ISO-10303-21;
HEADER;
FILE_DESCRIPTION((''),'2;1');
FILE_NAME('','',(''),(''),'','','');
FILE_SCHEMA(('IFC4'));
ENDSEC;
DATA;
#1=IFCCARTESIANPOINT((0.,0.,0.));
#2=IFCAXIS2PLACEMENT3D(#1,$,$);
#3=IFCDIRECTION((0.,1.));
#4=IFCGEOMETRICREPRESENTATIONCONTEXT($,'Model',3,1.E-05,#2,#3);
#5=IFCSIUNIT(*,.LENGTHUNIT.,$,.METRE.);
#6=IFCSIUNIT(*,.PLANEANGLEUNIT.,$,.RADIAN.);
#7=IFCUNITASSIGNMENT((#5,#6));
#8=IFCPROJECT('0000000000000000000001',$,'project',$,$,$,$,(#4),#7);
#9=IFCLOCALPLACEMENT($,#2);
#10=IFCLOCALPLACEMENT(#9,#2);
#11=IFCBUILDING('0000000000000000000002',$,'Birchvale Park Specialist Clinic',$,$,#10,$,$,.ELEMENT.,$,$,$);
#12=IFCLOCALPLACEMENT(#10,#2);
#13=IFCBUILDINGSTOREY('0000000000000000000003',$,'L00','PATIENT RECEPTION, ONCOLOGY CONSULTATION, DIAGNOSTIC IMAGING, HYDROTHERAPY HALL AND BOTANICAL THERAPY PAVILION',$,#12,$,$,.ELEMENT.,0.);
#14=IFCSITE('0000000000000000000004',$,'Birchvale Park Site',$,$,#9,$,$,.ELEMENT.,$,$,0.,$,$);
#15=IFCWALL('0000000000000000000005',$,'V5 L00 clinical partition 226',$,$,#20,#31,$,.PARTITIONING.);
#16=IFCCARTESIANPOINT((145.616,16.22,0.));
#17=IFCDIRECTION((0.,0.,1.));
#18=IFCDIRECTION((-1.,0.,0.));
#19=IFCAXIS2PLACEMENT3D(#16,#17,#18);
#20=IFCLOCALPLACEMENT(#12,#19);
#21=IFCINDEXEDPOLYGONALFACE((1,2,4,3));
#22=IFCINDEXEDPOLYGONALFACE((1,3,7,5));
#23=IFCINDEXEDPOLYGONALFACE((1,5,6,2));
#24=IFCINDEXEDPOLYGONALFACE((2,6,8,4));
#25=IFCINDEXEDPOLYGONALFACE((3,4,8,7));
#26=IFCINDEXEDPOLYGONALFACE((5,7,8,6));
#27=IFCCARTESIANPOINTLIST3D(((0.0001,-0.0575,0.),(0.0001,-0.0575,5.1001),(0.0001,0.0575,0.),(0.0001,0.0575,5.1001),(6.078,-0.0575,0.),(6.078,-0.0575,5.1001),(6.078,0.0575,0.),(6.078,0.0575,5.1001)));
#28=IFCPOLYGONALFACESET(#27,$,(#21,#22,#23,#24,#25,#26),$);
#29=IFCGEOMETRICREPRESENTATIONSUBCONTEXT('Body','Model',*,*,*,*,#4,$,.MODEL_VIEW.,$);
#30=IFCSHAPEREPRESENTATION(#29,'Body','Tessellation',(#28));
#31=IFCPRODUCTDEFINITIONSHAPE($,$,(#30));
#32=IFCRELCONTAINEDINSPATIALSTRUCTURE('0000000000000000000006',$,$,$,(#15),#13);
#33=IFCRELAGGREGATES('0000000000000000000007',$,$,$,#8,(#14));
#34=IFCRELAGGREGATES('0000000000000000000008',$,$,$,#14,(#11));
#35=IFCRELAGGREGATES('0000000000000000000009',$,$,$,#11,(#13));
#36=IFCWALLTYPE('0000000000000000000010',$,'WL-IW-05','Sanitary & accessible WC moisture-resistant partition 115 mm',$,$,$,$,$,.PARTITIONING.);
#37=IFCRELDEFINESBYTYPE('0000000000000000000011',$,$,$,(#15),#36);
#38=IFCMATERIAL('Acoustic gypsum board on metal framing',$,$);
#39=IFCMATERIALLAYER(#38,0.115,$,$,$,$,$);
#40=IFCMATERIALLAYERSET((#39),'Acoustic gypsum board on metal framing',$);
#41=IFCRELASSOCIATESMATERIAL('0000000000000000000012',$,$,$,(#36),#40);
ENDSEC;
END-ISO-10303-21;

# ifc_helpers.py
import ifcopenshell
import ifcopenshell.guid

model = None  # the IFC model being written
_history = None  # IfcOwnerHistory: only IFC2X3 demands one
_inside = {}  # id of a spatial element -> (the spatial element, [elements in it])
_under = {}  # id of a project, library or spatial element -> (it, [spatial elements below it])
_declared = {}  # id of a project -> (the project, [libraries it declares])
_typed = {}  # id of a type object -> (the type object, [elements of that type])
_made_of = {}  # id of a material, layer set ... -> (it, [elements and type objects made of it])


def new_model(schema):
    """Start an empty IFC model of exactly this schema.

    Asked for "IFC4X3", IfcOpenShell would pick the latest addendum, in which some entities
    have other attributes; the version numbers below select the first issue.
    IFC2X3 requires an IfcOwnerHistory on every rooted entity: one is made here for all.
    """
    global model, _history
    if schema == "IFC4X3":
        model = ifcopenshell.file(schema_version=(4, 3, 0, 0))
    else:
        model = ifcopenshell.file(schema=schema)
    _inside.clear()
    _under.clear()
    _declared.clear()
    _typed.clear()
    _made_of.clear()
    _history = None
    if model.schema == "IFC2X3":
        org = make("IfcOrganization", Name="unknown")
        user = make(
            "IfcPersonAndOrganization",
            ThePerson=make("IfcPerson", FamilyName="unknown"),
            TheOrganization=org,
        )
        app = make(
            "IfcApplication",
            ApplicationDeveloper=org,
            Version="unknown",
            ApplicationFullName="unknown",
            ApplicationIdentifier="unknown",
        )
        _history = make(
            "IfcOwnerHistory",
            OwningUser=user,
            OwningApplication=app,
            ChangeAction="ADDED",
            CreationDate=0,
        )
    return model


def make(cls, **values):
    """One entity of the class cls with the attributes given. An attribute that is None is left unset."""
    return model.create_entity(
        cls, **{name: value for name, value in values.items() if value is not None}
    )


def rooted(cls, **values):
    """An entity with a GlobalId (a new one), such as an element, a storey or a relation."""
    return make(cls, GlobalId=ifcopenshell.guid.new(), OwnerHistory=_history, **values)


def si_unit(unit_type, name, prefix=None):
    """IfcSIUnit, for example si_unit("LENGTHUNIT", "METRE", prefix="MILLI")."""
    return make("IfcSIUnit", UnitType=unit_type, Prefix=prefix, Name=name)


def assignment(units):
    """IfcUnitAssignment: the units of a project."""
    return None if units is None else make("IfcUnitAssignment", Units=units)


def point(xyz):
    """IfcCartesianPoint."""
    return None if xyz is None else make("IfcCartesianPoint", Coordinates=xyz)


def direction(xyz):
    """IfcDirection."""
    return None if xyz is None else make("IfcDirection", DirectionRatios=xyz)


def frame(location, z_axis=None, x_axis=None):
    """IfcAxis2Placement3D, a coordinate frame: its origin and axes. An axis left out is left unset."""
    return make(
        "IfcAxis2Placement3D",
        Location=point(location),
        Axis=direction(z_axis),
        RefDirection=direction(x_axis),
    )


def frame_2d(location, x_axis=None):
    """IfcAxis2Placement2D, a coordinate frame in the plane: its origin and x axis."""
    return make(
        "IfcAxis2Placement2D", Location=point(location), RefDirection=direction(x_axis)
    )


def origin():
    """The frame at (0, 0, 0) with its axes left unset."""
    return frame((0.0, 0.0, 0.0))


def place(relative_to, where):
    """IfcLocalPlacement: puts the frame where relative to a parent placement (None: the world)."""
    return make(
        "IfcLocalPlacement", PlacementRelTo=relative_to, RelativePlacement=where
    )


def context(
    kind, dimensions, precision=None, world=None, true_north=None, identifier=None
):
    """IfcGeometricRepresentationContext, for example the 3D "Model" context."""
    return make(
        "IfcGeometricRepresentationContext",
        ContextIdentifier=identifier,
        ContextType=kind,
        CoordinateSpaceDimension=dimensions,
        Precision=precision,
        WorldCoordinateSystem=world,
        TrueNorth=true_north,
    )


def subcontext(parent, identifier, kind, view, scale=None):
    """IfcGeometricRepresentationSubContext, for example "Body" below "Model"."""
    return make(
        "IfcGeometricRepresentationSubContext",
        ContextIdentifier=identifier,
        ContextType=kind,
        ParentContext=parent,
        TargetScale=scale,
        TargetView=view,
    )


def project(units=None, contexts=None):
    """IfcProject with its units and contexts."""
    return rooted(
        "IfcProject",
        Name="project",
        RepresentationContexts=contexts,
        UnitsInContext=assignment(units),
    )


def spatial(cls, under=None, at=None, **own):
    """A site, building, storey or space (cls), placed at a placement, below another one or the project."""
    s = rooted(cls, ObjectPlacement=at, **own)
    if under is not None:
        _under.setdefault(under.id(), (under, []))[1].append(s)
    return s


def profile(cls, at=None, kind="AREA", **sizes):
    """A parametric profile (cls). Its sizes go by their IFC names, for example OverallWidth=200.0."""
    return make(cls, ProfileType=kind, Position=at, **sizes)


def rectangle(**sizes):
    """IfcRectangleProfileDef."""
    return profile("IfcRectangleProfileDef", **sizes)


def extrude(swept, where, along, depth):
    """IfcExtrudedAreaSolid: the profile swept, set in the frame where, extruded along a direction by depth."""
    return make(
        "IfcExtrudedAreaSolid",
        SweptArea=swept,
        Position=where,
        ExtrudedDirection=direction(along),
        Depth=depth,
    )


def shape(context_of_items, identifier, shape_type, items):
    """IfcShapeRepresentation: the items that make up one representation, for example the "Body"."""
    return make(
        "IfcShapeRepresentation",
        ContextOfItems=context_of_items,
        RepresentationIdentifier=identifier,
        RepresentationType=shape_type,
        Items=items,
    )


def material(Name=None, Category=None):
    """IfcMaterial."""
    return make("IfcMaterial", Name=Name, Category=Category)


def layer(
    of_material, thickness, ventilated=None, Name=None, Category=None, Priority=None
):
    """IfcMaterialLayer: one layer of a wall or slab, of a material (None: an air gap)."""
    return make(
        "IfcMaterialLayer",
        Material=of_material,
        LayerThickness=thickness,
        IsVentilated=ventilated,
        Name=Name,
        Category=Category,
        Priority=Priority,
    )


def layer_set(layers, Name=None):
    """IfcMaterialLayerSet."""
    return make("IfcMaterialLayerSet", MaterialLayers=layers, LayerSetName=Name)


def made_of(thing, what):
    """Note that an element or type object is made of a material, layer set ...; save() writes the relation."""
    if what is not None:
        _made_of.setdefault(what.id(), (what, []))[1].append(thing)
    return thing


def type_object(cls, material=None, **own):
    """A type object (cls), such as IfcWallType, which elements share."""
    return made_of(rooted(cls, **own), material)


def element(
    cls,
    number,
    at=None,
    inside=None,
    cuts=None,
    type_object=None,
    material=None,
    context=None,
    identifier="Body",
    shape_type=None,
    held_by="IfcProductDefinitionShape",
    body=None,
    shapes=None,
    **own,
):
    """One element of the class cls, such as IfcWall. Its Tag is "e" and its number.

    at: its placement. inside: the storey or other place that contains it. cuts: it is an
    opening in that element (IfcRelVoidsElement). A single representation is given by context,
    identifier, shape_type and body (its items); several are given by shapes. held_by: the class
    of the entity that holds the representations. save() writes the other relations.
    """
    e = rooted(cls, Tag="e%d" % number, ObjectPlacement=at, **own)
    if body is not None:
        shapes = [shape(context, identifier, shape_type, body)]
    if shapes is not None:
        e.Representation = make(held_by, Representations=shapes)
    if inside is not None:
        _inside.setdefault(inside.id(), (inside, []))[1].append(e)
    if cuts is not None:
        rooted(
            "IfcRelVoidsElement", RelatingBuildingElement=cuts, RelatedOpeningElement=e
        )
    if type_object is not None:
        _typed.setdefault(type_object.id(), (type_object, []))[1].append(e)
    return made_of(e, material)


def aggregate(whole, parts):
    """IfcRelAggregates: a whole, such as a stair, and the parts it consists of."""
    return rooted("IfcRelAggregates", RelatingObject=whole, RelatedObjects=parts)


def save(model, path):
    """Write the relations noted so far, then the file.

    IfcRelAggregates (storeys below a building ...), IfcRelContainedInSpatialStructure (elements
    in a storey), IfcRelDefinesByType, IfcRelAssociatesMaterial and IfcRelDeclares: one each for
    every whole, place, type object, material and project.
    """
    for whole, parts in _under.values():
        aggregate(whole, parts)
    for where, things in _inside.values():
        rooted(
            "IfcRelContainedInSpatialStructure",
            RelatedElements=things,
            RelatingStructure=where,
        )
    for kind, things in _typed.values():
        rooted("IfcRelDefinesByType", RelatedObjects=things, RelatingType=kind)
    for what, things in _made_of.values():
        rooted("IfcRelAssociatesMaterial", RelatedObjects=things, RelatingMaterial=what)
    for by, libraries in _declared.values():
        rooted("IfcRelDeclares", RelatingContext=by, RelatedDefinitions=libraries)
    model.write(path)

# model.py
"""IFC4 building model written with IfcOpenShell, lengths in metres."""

from ifc_helpers import new_model, si_unit, direction, frame, frame_2d, origin, place, context, subcontext, project, spatial, rectangle, extrude, material, layer, layer_set, type_object, element, save


model = new_model("IFC4")

# Units and contexts
model_context = context("Model", 3, precision=1e-05, world=origin(), true_north=direction((0.0, 1.0)))
body_context = subcontext(model_context, "Body", "Model", "MODEL_VIEW")
ifc_project = project(units=[si_unit("LENGTHUNIT", "METRE"), si_unit("PLANEANGLEUNIT", "RADIAN")], contexts=[model_context])

# Site, building, storey
site_placement = place(None, origin())
site = spatial("IfcSite", under=ifc_project, at=site_placement, Name="Birchvale Park Site", CompositionType="ELEMENT", RefElevation=0.0)
building_placement = place(site_placement, origin())
building = spatial("IfcBuilding", under=site, at=building_placement, Name="Birchvale Park Specialist Clinic", CompositionType="ELEMENT")
storey_placement = place(building_placement, origin())
storey = spatial("IfcBuildingStorey", under=building, at=storey_placement, Name="L00", Description="PATIENT RECEPTION, ONCOLOGY CONSULTATION, DIAGNOSTIC IMAGING, HYDROTHERAPY HALL AND BOTANICAL THERAPY PAVILION", CompositionType="ELEMENT", Elevation=0.0)

# Wall
ifc_material_1 = material(Name="Acoustic gypsum board on metal framing")
ifc_layer_1 = layer(ifc_material_1, 0.115)
ifc_layer_set_1 = layer_set([ifc_layer_1], Name="Acoustic gypsum board on metal framing")
wall_type_1 = type_object("IfcWallType", Name="WL-IW-05", Description="Sanitary & accessible WC moisture-resistant partition 115 mm", PredefinedType="PARTITIONING", material=ifc_layer_set_1)
wall_1_placement = place(storey_placement, frame((145.616, 16.22, 0.0), z_axis=(0.0, 0.0, 1.0), x_axis=(-1.0, 0.0, 0.0)))
element("IfcWall", 1, at=wall_1_placement, inside=storey, type_object=wall_type_1, Name="V5 L00 clinical partition 226", PredefinedType="PARTITIONING", context=body_context, shape_type="SweptSolid", body=[
    extrude(rectangle(XDim=6.0779, YDim=0.115, at=frame_2d((3.0391, 0.0))), origin(), (0.0, 0.0, 1.0), 5.1001),
])

save(model, "model.ifc")
